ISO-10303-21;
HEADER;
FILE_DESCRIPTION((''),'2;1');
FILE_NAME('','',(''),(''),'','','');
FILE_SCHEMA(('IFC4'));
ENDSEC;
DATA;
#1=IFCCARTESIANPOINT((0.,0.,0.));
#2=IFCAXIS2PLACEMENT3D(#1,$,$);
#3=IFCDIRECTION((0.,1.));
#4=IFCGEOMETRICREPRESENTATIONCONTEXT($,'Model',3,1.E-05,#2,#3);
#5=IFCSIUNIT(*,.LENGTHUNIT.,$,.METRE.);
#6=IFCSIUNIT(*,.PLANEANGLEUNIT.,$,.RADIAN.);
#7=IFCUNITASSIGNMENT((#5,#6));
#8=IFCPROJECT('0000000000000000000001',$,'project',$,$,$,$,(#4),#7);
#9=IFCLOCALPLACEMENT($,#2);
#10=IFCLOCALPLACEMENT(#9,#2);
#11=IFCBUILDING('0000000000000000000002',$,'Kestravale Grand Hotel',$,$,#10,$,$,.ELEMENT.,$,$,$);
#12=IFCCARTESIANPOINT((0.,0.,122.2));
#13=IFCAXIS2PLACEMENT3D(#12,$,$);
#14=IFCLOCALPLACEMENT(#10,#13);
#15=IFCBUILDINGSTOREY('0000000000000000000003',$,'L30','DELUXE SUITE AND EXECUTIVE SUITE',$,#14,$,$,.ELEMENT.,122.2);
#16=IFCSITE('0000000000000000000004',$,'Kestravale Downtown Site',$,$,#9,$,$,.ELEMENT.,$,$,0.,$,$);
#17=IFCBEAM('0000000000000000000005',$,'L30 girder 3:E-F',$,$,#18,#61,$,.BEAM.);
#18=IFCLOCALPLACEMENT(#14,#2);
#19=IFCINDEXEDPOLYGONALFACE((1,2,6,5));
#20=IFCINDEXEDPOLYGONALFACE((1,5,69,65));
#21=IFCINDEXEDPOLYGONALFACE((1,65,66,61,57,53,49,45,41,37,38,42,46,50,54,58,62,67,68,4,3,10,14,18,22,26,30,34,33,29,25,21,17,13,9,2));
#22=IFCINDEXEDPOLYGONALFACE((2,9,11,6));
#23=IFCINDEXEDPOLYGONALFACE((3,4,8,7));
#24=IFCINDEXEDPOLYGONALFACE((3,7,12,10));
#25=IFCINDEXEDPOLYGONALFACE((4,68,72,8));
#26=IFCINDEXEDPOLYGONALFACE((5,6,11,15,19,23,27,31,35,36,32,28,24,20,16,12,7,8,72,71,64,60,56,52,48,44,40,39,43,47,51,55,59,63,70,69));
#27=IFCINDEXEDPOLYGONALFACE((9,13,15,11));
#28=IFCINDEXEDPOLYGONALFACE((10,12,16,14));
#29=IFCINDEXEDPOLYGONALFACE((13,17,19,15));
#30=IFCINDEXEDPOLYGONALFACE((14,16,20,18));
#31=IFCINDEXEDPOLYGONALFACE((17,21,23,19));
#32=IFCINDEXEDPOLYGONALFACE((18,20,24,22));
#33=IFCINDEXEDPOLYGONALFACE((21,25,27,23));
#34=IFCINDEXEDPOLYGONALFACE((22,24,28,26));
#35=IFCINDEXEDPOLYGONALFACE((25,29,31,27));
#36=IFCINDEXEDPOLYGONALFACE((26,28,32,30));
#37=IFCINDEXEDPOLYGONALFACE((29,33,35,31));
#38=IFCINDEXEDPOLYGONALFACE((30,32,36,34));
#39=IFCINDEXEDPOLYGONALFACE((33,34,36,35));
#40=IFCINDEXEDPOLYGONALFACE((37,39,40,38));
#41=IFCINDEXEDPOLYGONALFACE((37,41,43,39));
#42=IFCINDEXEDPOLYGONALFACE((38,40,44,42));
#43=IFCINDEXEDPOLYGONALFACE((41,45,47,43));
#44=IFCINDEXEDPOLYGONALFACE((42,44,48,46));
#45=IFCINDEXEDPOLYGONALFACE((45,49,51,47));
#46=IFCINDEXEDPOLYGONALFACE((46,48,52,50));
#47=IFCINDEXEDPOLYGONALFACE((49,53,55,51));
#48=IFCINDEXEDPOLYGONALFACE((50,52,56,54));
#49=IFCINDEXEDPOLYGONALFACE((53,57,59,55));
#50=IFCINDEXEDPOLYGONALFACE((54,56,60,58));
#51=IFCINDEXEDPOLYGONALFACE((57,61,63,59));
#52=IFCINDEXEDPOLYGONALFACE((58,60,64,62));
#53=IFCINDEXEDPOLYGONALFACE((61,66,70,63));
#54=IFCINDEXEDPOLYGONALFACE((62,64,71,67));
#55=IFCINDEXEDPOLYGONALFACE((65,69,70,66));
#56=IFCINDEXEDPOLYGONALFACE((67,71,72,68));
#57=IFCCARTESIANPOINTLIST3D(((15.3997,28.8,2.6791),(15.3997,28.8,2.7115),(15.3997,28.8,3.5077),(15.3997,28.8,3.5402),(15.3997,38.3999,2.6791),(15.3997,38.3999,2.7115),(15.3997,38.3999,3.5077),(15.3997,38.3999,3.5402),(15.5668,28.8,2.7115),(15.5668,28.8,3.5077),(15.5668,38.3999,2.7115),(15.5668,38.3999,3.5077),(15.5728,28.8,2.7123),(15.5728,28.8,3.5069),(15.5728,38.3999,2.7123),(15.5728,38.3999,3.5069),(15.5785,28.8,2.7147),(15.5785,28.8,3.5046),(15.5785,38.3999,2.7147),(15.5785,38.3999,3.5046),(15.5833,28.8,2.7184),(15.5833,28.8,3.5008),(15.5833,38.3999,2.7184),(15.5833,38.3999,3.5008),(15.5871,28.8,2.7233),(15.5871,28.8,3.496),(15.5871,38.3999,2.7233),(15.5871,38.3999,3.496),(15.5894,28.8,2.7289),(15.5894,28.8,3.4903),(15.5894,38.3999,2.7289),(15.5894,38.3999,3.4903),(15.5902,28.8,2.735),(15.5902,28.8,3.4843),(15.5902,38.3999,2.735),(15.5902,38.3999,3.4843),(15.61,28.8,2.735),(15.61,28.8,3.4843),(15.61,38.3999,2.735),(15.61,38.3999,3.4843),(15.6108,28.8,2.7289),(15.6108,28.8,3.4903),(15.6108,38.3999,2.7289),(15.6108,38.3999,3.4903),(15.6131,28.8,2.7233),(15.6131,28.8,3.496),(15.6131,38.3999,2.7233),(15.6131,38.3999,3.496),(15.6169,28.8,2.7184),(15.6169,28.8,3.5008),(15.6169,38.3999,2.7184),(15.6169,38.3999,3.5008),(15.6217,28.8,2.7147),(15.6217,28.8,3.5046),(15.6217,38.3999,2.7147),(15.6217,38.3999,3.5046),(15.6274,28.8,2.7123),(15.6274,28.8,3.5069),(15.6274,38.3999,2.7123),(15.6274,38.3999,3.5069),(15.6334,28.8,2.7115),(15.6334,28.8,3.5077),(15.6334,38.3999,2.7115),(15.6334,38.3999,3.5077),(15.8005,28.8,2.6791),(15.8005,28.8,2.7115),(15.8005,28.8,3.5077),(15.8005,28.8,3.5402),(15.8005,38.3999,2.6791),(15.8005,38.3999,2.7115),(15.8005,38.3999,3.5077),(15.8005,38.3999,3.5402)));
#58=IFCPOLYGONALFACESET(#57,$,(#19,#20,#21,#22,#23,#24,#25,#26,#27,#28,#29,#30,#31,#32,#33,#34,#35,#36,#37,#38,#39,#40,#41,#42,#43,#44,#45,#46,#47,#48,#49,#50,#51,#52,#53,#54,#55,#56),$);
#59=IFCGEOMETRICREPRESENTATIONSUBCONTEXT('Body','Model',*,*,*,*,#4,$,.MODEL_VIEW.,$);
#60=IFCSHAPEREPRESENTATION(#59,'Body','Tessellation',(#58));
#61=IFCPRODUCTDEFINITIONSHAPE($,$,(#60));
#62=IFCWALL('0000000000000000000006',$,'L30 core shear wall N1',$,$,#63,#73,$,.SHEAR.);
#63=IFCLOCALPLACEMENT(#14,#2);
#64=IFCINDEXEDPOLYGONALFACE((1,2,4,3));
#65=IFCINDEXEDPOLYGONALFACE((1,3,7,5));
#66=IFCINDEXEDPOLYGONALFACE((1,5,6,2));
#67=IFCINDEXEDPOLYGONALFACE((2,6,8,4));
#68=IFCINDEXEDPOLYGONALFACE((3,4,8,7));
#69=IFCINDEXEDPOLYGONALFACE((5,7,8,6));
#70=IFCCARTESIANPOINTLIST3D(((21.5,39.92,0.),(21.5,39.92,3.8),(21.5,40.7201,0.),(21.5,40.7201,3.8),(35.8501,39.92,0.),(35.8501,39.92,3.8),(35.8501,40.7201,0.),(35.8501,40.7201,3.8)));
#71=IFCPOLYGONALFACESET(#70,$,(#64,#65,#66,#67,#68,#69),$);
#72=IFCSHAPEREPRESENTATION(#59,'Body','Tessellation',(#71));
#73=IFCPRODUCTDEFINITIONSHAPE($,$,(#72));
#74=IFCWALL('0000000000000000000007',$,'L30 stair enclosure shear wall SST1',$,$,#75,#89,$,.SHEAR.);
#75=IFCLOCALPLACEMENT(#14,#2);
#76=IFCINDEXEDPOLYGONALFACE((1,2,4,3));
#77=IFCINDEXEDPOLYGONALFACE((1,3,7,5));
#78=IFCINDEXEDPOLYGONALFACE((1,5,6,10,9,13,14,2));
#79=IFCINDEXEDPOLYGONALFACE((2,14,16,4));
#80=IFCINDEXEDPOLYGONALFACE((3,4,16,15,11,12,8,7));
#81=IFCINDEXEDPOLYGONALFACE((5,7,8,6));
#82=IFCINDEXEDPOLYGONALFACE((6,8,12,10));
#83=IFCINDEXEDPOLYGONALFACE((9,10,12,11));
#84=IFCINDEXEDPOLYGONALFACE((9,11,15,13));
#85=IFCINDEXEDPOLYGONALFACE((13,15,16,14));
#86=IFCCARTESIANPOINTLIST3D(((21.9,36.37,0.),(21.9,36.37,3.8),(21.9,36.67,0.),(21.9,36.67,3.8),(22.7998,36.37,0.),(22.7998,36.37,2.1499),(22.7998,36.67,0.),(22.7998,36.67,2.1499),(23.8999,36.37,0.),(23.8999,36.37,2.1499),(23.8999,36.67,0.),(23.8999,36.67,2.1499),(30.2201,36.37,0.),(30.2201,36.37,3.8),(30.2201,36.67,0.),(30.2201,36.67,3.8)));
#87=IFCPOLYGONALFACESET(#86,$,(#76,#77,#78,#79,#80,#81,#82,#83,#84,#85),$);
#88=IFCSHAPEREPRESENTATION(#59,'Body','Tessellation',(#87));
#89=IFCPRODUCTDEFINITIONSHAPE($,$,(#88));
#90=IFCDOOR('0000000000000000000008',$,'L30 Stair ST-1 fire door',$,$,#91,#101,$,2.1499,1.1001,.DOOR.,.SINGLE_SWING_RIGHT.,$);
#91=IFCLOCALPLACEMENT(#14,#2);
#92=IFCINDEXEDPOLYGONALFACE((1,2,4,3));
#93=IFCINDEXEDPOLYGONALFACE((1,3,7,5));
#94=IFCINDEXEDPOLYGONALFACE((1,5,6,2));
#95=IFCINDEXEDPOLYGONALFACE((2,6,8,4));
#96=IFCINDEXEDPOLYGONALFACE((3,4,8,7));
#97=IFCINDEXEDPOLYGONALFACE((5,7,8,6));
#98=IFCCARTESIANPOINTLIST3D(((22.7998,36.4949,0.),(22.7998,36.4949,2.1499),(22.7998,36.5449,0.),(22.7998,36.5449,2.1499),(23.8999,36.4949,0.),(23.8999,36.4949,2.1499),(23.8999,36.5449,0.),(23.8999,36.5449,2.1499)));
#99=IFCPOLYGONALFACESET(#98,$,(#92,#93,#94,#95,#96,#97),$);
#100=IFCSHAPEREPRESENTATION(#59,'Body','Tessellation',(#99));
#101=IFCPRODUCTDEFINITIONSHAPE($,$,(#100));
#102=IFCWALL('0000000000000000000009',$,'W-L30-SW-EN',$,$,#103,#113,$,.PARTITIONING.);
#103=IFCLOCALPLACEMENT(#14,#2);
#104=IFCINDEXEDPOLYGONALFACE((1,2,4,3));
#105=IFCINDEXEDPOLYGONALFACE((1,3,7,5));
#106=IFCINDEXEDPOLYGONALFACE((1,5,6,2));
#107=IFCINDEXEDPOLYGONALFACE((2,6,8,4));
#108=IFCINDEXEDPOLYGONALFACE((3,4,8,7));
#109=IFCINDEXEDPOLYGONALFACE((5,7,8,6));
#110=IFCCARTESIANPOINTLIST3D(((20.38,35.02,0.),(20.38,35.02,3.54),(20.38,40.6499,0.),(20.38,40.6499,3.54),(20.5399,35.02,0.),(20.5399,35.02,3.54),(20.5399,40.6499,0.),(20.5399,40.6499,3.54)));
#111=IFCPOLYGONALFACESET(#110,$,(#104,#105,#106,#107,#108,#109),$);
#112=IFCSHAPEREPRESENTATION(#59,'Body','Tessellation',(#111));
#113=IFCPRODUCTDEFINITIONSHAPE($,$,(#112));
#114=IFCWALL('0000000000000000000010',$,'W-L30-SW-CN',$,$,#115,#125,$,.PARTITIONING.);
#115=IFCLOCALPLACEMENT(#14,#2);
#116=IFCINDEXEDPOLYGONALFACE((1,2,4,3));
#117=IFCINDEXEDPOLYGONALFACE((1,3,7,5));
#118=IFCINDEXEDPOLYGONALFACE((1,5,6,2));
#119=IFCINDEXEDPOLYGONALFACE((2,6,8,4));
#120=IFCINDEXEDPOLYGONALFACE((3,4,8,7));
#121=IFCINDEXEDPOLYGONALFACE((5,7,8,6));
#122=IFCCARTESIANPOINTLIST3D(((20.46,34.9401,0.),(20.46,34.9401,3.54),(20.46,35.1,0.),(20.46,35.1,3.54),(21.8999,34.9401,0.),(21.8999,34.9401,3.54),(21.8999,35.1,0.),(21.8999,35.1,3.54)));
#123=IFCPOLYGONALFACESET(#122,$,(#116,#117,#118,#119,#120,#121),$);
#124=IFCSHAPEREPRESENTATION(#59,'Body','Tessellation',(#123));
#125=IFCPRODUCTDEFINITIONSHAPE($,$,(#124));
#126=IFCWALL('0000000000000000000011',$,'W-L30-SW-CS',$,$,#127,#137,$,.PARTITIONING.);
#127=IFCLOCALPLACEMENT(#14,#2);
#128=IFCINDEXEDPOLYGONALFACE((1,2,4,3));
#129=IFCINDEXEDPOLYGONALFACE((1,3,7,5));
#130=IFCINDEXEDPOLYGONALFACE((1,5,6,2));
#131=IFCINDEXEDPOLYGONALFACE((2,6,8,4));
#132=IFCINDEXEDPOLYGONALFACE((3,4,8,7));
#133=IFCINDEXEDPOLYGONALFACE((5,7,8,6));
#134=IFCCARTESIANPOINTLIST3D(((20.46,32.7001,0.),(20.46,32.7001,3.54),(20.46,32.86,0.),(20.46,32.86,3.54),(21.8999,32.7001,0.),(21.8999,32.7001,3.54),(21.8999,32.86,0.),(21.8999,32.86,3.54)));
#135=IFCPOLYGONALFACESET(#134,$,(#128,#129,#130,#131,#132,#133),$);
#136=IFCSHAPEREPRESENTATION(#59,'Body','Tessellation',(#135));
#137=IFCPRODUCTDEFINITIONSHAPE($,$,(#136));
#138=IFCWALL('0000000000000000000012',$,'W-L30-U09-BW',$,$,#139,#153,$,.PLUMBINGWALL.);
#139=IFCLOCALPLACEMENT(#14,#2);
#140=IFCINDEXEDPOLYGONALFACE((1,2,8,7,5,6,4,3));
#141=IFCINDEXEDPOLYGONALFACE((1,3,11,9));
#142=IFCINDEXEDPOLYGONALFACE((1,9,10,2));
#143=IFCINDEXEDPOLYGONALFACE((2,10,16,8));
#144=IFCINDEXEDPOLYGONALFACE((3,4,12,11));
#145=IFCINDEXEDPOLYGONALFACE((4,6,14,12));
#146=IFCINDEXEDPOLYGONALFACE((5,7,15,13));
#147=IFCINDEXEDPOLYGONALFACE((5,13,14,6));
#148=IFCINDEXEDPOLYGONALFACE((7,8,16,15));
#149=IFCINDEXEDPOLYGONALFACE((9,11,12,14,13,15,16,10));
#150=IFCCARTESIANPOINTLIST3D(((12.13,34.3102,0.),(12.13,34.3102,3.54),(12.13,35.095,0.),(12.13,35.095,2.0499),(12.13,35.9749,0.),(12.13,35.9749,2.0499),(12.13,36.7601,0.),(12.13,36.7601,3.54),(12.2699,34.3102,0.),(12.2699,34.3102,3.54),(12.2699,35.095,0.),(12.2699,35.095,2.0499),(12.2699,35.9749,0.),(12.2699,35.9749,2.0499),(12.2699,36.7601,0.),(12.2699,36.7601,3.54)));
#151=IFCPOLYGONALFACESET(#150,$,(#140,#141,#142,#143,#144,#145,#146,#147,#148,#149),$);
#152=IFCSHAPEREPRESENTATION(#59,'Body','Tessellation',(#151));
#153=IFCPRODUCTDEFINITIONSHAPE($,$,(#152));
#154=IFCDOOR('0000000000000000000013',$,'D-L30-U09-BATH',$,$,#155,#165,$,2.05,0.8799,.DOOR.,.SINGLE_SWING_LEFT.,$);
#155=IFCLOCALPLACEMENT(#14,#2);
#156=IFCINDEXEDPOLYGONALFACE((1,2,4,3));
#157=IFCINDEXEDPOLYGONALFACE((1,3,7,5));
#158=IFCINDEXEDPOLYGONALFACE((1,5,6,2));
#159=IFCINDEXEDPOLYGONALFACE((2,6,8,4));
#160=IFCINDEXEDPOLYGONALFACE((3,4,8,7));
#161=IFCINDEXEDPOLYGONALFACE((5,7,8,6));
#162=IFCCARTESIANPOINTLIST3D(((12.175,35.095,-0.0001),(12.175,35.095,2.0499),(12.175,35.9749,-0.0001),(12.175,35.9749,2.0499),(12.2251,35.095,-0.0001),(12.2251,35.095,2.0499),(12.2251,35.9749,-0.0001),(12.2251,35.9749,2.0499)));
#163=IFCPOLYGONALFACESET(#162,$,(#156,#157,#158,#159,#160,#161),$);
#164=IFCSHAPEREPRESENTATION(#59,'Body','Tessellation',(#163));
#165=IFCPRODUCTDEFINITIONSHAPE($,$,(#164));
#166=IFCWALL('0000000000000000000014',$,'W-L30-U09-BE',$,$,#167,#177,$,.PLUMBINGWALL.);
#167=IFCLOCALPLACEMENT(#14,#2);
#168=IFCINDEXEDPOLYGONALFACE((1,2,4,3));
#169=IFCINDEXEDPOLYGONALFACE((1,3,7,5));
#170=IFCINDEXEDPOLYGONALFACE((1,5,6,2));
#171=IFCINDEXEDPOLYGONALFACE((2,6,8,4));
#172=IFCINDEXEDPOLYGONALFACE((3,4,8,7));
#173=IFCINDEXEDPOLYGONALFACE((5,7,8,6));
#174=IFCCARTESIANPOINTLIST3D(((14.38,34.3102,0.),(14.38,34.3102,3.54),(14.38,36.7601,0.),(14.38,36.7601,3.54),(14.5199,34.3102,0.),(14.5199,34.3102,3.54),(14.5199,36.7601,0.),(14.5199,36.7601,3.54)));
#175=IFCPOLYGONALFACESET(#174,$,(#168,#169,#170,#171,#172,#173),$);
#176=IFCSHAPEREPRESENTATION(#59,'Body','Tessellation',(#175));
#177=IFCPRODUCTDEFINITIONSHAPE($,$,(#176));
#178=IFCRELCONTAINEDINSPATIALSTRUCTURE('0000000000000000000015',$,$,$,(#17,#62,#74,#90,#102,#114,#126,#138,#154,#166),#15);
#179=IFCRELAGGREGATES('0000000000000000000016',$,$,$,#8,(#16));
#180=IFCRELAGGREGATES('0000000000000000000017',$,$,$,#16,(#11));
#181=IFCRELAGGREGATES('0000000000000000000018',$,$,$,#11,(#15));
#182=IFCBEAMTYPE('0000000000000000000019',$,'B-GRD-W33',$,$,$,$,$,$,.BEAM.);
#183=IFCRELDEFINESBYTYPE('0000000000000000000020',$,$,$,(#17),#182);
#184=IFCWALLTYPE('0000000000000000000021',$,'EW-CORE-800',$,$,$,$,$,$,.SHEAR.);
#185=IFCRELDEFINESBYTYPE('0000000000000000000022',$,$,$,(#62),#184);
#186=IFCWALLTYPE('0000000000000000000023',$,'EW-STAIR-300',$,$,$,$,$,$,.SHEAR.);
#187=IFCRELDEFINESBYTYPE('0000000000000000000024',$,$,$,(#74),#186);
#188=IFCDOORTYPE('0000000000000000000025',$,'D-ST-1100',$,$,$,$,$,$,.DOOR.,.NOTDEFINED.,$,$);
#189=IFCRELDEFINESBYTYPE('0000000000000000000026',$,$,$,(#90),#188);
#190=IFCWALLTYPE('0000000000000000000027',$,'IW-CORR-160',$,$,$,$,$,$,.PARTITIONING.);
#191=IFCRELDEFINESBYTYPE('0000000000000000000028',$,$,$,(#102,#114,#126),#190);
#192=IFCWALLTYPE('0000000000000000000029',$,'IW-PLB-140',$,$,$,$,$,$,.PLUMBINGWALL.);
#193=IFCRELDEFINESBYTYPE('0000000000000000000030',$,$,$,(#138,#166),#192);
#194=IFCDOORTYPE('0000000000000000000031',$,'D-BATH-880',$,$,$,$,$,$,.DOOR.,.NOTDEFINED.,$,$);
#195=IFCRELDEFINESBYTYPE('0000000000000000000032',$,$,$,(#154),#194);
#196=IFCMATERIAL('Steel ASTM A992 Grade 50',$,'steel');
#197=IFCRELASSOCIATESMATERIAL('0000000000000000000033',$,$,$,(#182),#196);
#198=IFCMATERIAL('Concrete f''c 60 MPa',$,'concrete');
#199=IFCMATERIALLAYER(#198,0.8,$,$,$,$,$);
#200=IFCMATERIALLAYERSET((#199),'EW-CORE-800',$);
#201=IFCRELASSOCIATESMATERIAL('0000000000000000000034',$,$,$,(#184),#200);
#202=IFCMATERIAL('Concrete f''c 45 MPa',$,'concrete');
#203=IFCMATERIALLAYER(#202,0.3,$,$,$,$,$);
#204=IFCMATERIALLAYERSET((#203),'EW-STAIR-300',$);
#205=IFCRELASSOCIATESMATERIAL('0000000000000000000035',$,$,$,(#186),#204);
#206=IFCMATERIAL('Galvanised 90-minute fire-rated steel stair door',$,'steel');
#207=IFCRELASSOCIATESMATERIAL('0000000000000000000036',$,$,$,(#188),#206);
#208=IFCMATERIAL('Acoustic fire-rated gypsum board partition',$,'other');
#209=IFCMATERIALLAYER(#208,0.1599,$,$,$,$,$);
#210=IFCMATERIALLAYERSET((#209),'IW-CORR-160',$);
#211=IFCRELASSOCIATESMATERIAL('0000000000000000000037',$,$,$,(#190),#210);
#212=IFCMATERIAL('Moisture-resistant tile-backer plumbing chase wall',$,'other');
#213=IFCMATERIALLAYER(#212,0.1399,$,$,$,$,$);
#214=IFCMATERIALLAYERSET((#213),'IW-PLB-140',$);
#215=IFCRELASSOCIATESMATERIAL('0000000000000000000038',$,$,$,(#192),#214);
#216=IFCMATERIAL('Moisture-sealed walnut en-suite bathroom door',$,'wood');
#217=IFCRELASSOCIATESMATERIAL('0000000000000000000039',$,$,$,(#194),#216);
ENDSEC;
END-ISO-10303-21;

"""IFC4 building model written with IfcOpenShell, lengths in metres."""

from ifc_helpers import new_model, si_unit, direction, frame, frame_2d, origin, origin_2d, place, context, subcontext, project, spatial, rectangle, i_section, extrude, material, layer, layer_set, material_profile, profile_set, type_object, element, fill, save


model = new_model("IFC4")

# Units and contexts
model_context = context("Model", 3, precision=1e-05, world=origin(), true_north=direction((0.0, 1.0)))
body_context = subcontext(model_context, "Body", "Model", "MODEL_VIEW")
ifc_project = project(units=[si_unit("LENGTHUNIT", "METRE"), si_unit("PLANEANGLEUNIT", "RADIAN")], contexts=[model_context])

# Site, building, storey
site_placement = place(None, origin())
site = spatial("IfcSite", under=ifc_project, at=site_placement, Name="Kestravale Downtown Site", CompositionType="ELEMENT", RefElevation=0.0)
building_placement = place(site_placement, origin())
building = spatial("IfcBuilding", under=site, at=building_placement, Name="Kestravale Grand Hotel", CompositionType="ELEMENT")
storey_placement = place(building_placement, frame((0.0, 0.0, 122.2)))
storey = spatial("IfcBuildingStorey", under=building, at=storey_placement, Name="L30", Description="DELUXE SUITE AND EXECUTIVE SUITE", CompositionType="ELEMENT", Elevation=122.2)

# Beam
ifc_material_1 = material(Name="Steel ASTM A992 Grade 50", Category="steel")
ifc_material_profile_1 = material_profile(ifc_material_1, i_section(OverallWidth=0.4009, OverallDepth=0.8611, WebThickness=0.0198, FlangeThickness=0.0325, FilletRadius=0.0234, at=origin_2d()))
ifc_profile_set_1 = profile_set([ifc_material_profile_1], Name="Steel ASTM A992 Grade 50")
beam_type_1 = type_object("IfcBeamType", Name="B-GRD-W33", PredefinedType="BEAM", material=ifc_profile_set_1)
beam_1_placement = place(storey_placement, frame((15.6001, 28.8, 3.1096), z_axis=(0.0, 1.0, 0.0), x_axis=(-1.0, 0.0, 0.0)))
element("IfcBeam", 1, at=beam_1_placement, inside=storey, type_object=beam_type_1, Name="L30 girder 3:E-F", PredefinedType="BEAM", context=body_context, shape_type="SweptSolid", body=[
    extrude(i_section(OverallWidth=0.4009, OverallDepth=0.8611, WebThickness=0.0198, FlangeThickness=0.0325, FilletRadius=0.0234, at=origin_2d()), origin(), (0.0, 0.0, 1.0), 9.5999),
])

# Wall
ifc_material_2 = material(Name="Concrete f'c 60 MPa", Category="concrete")
ifc_layer_1 = layer(ifc_material_2, 0.8)
ifc_layer_set_1 = layer_set([ifc_layer_1], Name="EW-CORE-800")
wall_type_1 = type_object("IfcWallType", Name="EW-CORE-800", PredefinedType="SHEAR", material=ifc_layer_set_1)
wall_1_placement = place(storey_placement, frame((21.5, 40.3201, 0.0), z_axis=(0.0, 0.0, 1.0), x_axis=(1.0, 0.0, 0.0)))
element("IfcWall", 2, at=wall_1_placement, inside=storey, type_object=wall_type_1, Name="L30 core shear wall N1", PredefinedType="SHEAR", context=body_context, shape_type="SweptSolid", body=[
    extrude(rectangle(XDim=14.3501, YDim=0.8, at=frame_2d((7.175, 0.0))), origin(), (0.0, 0.0, 1.0), 3.8),
])

# Wall, opening, door
ifc_material_3 = material(Name="Concrete f'c 45 MPa", Category="concrete")
ifc_layer_2 = layer(ifc_material_3, 0.3)
ifc_layer_set_2 = layer_set([ifc_layer_2], Name="EW-STAIR-300")
wall_type_2 = type_object("IfcWallType", Name="EW-STAIR-300", PredefinedType="SHEAR", material=ifc_layer_set_2)
wall_2_placement = place(storey_placement, frame((21.8999, 36.52, 0.0), z_axis=(0.0, 0.0, 1.0), x_axis=(1.0, 0.0, 0.0)))
wall_2 = element("IfcWall", 3, at=wall_2_placement, inside=storey, type_object=wall_type_2, Name="L30 stair enclosure shear wall SST1", PredefinedType="SHEAR", context=body_context, shape_type="SweptSolid", body=[
    extrude(rectangle(XDim=8.3201, YDim=0.3, at=frame_2d((4.1602, 0.0))), origin(), (0.0, 0.0, 1.0), 3.8),
])
opening_1_placement = place(wall_2_placement, frame((0.8999, 0.0, 0.0)))
opening_1 = element("IfcOpeningElement", 4, at=opening_1_placement, cuts=wall_2, PredefinedType="OPENING", context=body_context, shape_type="SweptSolid", body=[
    extrude(rectangle(XDim=1.1001, YDim=2.1499, at=frame_2d((0.55, 1.075))), frame((0.0, 0.1599, 0.0), z_axis=(0.0, -1.0, 0.0), x_axis=(1.0, 0.0, 0.0)), (0.0, 0.0, 1.0), 0.3201),
])
ifc_material_4 = material(Name="Galvanised 90-minute fire-rated steel stair door", Category="steel")
door_type_1 = type_object("IfcDoorType", Name="D-ST-1100", OperationType="NOTDEFINED", PredefinedType="DOOR", material=ifc_material_4)
door_1_placement = place(opening_1_placement, origin())
door_1 = element("IfcDoor", 5, at=door_1_placement, inside=storey, type_object=door_type_1, Name="L30 Stair ST-1 fire door", OperationType="SINGLE_SWING_RIGHT", OverallHeight=2.1499, OverallWidth=1.1001, PredefinedType="DOOR", context=body_context, shape_type="SweptSolid", body=[
    extrude(rectangle(XDim=1.1001, YDim=2.1499, at=frame_2d((0.55, 1.075))), frame((0.0, 0.0249, 0.0), z_axis=(0.0, -1.0, 0.0), x_axis=(1.0, 0.0, 0.0)), (0.0, 0.0, 1.0), 0.05),
])
fill(opening_1, door_1)

# Walls
ifc_material_5 = material(Name="Acoustic fire-rated gypsum board partition", Category="other")
ifc_layer_3 = layer(ifc_material_5, 0.1599)
ifc_layer_set_3 = layer_set([ifc_layer_3], Name="IW-CORR-160")
wall_type_3 = type_object("IfcWallType", Name="IW-CORR-160", PredefinedType="PARTITIONING", material=ifc_layer_set_3)
wall_3_placement = place(storey_placement, frame((20.46, 35.02, 0.0), z_axis=(0.0, 0.0, 1.0), x_axis=(0.0, 1.0, 0.0)))
element("IfcWall", 6, at=wall_3_placement, inside=storey, type_object=wall_type_3, Name="W-L30-SW-EN", PredefinedType="PARTITIONING", context=body_context, shape_type="SweptSolid", body=[
    extrude(rectangle(XDim=5.6299, YDim=0.1599, at=frame_2d((2.8149, 0.0))), origin(), (0.0, 0.0, 1.0), 3.54),
])
for number, where, z_axis, x_axis, name in (
    (7, (20.46, 35.02, 0.0), (0.0, 0.0, 1.0), (1.0, 0.0, 0.0), "W-L30-SW-CN"),
    (8, (20.46, 32.78, 0.0), (0.0, 0.0, 1.0), (1.0, 0.0, 0.0), "W-L30-SW-CS"),
):
    element("IfcWall", number, at=place(storey_placement, frame(where, z_axis=z_axis, x_axis=x_axis)), inside=storey, type_object=wall_type_3, Name=name, PredefinedType="PARTITIONING", context=body_context, shape_type="SweptSolid", body=[
        extrude(rectangle(XDim=1.4399, YDim=0.1599, at=frame_2d((0.72, 0.0))), origin(), (0.0, 0.0, 1.0), 3.54),
    ])

# Wall, opening, door
ifc_material_6 = material(Name="Moisture-resistant tile-backer plumbing chase wall", Category="other")
ifc_layer_4 = layer(ifc_material_6, 0.1399)
ifc_layer_set_4 = layer_set([ifc_layer_4], Name="IW-PLB-140")
wall_type_4 = type_object("IfcWallType", Name="IW-PLB-140", PredefinedType="PLUMBINGWALL", material=ifc_layer_set_4)
wall_4_placement = place(storey_placement, frame((12.2, 34.3101, 0.0), z_axis=(0.0, 0.0, 1.0), x_axis=(0.0, 1.0, 0.0)))
wall_4 = element("IfcWall", 9, at=wall_4_placement, inside=storey, type_object=wall_type_4, Name="W-L30-U09-BW", PredefinedType="PLUMBINGWALL", context=body_context, shape_type="SweptSolid", body=[
    extrude(rectangle(XDim=2.45, YDim=0.1399, at=frame_2d((1.2251, 0.0))), origin(), (0.0, 0.0, 1.0), 3.54),
])
opening_2_placement = place(wall_4_placement, frame((0.7849, 0.0, 0.0)))
opening_2 = element("IfcOpeningElement", 10, at=opening_2_placement, cuts=wall_4, PredefinedType="OPENING", context=body_context, shape_type="SweptSolid", body=[
    extrude(rectangle(XDim=0.8799, YDim=2.05, at=frame_2d((0.4399, 1.0249))), frame((0.0, 0.0798, 0.0), z_axis=(0.0, -1.0, 0.0), x_axis=(1.0, 0.0, 0.0)), (0.0, 0.0, 1.0), 0.1599),
])
ifc_material_7 = material(Name="Moisture-sealed walnut en-suite bathroom door", Category="wood")
door_type_2 = type_object("IfcDoorType", Name="D-BATH-880", OperationType="NOTDEFINED", PredefinedType="DOOR", material=ifc_material_7)
door_2_placement = place(opening_2_placement, origin())
door_2 = element("IfcDoor", 11, at=door_2_placement, inside=storey, type_object=door_type_2, Name="D-L30-U09-BATH", OperationType="SINGLE_SWING_LEFT", OverallHeight=2.05, OverallWidth=0.8799, PredefinedType="DOOR", context=body_context, shape_type="SweptSolid", body=[
    extrude(rectangle(XDim=0.8799, YDim=2.05, at=frame_2d((0.4399, 1.0249))), frame((0.0, 0.0249, 0.0), z_axis=(0.0, -1.0, 0.0), x_axis=(1.0, 0.0, 0.0)), (0.0, 0.0, 1.0), 0.05),
])
fill(opening_2, door_2)

# Wall
wall_5_placement = place(storey_placement, frame((14.45, 34.3101, 0.0), z_axis=(0.0, 0.0, 1.0), x_axis=(0.0, 1.0, 0.0)))
element("IfcWall", 12, at=wall_5_placement, inside=storey, type_object=wall_type_4, Name="W-L30-U09-BE", PredefinedType="PLUMBINGWALL", context=body_context, shape_type="SweptSolid", body=[
    extrude(rectangle(XDim=2.45, YDim=0.1399, at=frame_2d((1.2251, 0.0))), origin(), (0.0, 0.0, 1.0), 3.54),
])

save(model, "model.ifc")
